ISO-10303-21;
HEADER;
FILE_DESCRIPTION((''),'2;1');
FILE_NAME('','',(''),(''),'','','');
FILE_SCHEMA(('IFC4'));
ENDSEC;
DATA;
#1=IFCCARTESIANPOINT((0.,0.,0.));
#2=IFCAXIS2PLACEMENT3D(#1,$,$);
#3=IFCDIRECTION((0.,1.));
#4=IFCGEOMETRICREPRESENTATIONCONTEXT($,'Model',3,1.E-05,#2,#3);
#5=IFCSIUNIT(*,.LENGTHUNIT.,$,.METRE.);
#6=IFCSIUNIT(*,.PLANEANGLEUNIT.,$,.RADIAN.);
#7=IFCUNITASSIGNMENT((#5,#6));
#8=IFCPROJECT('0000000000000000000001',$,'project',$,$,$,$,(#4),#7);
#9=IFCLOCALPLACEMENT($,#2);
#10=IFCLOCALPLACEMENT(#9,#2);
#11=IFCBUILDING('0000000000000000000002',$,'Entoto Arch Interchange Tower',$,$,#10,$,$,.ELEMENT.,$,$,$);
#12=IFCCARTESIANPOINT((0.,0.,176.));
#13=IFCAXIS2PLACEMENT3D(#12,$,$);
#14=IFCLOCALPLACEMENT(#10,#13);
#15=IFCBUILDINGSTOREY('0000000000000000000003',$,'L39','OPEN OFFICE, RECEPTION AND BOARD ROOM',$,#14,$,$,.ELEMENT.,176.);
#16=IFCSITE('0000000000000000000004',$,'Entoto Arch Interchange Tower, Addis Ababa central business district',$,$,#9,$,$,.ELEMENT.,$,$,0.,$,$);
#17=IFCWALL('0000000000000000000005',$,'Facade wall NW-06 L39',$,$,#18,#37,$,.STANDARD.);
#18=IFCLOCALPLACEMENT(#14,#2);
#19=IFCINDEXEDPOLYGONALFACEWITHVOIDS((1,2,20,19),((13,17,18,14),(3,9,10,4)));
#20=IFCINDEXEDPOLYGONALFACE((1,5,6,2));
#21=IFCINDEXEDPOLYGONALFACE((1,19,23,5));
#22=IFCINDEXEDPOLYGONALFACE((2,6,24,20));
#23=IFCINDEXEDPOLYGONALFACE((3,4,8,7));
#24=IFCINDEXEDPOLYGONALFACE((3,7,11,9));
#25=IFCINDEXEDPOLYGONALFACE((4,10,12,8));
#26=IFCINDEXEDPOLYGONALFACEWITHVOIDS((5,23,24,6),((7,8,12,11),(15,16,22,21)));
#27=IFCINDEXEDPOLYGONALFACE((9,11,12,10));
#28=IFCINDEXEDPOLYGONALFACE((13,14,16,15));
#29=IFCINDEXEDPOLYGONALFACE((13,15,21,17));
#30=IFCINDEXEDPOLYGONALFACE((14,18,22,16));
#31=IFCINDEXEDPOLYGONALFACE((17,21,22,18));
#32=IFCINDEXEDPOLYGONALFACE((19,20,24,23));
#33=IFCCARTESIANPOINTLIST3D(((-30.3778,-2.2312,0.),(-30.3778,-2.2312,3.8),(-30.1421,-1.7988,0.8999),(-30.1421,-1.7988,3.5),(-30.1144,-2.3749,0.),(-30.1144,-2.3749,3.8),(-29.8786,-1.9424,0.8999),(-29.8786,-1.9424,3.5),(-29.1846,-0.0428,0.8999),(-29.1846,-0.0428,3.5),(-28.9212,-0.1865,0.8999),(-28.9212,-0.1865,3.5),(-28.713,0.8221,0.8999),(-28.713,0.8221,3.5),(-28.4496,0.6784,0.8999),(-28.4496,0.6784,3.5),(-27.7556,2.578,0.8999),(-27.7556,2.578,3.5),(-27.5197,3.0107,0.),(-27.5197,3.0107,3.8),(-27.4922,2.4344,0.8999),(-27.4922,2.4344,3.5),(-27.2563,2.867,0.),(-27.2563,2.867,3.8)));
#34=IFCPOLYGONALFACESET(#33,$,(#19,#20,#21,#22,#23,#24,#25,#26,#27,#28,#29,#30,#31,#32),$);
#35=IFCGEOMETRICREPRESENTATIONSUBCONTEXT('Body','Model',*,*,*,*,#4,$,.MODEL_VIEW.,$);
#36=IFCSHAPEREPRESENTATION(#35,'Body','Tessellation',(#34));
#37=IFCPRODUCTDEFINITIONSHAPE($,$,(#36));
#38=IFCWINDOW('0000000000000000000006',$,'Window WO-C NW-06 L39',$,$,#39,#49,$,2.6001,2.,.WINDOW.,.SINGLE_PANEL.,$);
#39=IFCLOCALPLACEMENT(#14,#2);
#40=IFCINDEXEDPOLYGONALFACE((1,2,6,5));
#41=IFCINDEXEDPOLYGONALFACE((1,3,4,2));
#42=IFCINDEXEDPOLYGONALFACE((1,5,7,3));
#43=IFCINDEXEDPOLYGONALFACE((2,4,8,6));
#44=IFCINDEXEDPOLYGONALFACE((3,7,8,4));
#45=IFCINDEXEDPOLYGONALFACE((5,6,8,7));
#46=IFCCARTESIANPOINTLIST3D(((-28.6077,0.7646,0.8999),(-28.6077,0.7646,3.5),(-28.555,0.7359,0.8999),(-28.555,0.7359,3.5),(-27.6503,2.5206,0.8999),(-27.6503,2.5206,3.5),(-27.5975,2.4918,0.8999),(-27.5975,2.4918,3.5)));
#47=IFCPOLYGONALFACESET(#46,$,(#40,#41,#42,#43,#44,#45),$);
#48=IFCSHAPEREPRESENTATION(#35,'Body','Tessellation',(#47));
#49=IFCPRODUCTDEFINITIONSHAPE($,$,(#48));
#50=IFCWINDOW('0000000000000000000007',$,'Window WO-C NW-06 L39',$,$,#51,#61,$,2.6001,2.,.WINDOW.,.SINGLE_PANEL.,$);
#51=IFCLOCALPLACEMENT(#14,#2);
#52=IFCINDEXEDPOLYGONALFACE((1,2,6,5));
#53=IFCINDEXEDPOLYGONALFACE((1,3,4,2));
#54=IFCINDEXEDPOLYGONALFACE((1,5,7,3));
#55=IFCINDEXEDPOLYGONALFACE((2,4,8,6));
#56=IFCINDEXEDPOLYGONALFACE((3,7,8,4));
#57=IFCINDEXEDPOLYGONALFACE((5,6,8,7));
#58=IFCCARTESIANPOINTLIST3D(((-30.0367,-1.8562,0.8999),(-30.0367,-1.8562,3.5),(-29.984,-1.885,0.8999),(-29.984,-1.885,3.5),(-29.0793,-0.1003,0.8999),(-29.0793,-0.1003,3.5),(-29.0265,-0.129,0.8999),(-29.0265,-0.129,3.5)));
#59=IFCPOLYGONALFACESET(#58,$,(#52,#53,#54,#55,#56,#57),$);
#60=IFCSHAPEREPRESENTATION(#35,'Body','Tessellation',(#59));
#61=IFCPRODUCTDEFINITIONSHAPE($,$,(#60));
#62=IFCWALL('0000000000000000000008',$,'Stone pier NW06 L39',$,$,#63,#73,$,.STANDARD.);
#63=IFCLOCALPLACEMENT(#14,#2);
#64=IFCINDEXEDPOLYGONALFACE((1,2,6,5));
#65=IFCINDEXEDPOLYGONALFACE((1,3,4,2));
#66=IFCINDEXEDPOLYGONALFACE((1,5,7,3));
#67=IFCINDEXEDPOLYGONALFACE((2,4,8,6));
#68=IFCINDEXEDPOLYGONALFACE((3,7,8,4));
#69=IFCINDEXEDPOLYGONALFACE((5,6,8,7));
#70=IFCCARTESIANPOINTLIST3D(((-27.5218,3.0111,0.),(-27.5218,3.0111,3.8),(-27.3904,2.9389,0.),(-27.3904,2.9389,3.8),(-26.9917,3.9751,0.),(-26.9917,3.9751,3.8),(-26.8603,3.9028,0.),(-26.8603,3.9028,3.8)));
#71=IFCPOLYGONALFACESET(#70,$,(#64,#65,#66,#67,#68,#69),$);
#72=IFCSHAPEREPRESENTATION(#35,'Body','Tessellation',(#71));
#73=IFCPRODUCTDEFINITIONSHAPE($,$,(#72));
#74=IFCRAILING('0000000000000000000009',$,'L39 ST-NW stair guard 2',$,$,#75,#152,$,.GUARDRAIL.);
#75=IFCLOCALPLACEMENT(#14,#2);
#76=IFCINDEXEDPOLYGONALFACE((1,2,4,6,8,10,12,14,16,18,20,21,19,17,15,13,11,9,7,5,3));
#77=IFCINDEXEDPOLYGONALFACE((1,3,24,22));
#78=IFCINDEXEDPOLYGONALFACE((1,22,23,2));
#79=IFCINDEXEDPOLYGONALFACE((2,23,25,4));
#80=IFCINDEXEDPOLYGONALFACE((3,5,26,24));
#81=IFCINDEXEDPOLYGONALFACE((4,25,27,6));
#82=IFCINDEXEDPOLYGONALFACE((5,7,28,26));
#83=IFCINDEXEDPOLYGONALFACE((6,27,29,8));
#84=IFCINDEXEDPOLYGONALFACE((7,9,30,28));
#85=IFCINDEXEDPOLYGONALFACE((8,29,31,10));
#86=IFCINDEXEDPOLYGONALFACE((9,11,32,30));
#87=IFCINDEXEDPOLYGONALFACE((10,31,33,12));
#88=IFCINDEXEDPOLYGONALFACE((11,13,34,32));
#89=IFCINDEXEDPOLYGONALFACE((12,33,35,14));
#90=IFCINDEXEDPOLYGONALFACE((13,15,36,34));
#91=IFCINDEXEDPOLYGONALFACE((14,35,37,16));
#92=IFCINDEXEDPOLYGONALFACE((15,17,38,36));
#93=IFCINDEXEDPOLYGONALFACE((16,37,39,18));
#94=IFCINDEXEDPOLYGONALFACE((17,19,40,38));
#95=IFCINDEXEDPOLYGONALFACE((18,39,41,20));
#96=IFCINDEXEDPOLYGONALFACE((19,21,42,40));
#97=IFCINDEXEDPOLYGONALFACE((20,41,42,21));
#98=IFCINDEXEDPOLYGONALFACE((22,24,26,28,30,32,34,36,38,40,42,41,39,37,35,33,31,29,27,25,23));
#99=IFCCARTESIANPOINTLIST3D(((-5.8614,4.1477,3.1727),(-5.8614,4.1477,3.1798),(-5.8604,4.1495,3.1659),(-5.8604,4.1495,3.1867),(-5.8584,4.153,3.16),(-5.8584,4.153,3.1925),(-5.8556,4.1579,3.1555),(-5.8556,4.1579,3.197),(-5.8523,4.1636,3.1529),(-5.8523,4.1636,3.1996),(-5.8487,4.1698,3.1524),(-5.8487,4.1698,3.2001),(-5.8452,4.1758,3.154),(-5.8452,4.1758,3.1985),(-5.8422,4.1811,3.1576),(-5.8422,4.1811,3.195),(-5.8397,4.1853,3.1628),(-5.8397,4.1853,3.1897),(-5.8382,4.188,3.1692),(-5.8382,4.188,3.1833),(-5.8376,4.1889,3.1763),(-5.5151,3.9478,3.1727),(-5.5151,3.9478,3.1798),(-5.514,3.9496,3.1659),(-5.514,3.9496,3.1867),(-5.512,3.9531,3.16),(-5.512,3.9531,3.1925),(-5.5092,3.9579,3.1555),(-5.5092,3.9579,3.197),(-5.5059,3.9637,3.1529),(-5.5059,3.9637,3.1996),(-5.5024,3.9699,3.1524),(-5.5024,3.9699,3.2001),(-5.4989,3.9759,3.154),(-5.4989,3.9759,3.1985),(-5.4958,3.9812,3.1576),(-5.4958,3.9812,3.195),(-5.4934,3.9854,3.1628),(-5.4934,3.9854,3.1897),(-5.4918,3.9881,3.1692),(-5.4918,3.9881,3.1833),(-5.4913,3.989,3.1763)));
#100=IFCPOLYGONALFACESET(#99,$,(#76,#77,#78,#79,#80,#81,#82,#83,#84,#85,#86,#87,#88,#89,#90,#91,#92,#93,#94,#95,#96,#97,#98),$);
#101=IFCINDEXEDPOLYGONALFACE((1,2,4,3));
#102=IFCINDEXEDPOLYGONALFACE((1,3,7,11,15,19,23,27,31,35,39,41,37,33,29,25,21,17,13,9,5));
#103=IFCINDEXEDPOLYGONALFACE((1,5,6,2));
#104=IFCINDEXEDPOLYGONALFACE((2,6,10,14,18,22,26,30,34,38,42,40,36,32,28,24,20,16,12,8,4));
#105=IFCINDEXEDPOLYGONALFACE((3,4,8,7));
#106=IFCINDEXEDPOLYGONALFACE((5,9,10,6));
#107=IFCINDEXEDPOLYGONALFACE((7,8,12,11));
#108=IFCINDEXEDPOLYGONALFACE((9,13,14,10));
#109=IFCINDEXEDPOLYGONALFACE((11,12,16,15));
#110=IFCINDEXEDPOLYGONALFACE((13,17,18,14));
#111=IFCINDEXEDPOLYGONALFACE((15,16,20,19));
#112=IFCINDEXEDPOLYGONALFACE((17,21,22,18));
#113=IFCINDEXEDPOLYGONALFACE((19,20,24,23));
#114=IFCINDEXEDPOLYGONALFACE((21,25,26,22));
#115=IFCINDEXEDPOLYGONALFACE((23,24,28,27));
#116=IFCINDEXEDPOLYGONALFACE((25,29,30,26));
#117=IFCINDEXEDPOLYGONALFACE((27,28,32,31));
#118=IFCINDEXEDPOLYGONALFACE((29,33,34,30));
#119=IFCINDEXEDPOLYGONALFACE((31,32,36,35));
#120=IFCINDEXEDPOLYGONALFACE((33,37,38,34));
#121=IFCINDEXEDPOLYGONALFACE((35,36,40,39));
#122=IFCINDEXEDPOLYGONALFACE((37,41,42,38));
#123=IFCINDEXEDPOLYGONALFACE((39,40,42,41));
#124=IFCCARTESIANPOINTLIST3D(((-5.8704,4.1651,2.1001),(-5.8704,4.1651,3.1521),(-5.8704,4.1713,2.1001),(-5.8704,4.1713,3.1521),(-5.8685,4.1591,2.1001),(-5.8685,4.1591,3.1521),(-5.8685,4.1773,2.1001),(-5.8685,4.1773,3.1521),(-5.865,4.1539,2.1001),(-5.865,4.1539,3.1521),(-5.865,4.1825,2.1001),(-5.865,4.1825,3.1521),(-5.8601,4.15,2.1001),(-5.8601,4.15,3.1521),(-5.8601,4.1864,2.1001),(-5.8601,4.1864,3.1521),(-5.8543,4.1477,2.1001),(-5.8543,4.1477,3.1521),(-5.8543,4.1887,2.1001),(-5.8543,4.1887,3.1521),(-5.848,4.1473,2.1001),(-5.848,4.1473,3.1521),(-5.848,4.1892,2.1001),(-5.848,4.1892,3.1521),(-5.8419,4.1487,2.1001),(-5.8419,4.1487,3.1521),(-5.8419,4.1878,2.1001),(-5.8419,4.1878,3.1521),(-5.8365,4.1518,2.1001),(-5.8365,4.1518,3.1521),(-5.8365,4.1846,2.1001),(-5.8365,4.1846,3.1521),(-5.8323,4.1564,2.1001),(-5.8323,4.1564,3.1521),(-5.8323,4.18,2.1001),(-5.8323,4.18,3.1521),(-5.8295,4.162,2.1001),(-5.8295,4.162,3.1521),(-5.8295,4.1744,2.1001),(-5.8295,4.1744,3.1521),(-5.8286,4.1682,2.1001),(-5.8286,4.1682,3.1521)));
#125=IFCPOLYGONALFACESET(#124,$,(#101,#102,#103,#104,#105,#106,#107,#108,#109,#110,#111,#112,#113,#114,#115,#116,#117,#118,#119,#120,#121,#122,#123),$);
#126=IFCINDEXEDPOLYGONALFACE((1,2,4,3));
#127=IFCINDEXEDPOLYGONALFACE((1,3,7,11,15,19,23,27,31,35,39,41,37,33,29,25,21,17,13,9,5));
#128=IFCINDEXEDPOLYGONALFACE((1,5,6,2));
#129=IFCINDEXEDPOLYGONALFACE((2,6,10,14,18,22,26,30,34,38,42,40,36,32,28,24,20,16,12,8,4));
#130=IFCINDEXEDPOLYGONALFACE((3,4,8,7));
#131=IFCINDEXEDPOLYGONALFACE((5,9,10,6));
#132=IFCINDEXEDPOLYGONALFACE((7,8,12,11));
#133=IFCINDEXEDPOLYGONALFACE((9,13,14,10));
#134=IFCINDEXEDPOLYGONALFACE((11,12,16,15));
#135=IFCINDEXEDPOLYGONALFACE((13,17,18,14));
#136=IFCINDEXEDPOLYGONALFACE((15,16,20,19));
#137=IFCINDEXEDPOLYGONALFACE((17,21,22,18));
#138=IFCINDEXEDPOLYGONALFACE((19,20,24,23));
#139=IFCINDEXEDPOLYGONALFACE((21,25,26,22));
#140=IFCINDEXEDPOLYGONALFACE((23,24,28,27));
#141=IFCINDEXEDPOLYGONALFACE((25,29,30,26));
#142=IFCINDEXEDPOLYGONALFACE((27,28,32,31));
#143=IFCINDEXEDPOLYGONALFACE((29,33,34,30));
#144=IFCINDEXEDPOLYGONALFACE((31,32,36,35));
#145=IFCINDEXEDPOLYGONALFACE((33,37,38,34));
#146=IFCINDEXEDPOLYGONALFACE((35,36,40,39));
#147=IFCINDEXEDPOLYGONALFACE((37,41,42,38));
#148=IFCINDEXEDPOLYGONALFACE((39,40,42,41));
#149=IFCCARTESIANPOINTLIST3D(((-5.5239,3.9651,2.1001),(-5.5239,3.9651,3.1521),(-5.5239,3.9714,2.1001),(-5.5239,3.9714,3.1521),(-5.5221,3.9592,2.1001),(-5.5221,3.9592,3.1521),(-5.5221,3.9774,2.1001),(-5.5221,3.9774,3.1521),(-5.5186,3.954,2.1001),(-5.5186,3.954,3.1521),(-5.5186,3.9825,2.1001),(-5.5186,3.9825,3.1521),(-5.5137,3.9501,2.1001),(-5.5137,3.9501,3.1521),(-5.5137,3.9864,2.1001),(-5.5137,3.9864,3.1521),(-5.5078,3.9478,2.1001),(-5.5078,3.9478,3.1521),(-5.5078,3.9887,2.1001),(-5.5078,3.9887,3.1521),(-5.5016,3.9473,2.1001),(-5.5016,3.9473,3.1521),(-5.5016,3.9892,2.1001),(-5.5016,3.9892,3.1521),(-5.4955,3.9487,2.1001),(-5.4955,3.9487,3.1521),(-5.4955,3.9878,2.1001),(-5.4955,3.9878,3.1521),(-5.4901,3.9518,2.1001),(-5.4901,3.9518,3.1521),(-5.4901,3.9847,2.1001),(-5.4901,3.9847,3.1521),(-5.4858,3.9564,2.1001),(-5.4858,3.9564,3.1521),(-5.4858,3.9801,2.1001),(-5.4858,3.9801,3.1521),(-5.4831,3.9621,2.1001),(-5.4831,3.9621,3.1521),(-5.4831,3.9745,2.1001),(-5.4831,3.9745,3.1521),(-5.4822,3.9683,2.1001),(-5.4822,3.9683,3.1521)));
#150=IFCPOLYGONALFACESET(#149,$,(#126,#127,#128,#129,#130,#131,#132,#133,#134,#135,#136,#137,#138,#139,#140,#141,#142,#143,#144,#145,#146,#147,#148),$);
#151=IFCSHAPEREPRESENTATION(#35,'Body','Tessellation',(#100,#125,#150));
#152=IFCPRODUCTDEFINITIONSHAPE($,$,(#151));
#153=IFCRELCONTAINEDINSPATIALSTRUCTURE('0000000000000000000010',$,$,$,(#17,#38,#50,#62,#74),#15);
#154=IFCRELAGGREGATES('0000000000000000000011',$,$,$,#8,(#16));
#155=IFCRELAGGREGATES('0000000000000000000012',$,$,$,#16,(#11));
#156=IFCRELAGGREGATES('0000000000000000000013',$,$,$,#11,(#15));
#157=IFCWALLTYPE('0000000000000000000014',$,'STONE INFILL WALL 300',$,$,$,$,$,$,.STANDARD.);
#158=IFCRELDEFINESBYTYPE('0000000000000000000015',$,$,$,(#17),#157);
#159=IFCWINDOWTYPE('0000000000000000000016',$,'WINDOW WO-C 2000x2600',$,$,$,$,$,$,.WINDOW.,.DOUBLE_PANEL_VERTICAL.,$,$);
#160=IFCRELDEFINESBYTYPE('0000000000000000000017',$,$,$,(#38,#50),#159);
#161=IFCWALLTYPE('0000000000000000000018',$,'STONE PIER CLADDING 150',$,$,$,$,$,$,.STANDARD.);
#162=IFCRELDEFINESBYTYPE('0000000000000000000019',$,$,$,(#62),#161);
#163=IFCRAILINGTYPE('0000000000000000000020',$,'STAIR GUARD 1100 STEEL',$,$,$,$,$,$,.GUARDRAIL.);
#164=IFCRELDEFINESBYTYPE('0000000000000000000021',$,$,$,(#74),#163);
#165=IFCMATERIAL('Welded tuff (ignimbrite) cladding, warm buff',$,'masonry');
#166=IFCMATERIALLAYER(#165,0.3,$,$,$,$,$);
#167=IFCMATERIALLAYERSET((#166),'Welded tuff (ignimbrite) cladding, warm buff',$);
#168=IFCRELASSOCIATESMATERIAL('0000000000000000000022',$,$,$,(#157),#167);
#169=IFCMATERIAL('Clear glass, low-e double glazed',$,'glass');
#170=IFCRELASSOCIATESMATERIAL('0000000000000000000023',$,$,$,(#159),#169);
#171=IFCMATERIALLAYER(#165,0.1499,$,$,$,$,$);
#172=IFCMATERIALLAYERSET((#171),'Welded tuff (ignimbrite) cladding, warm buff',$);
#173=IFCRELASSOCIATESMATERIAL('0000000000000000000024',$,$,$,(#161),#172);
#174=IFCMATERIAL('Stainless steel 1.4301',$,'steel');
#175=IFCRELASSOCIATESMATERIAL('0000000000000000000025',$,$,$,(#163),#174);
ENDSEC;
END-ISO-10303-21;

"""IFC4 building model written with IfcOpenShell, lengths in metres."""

from ifc_helpers import new_model, si_unit, direction, frame, frame_2d, origin, origin_2d, place, context, subcontext, project, spatial, rectangle, circle, extrude, material, layer, layer_set, type_object, element, fill, save


model = new_model("IFC4")

# Units and contexts
model_context = context("Model", 3, precision=1e-05, world=origin(), true_north=direction((0.0, 1.0)))
body_context = subcontext(model_context, "Body", "Model", "MODEL_VIEW")
ifc_project = project(units=[si_unit("LENGTHUNIT", "METRE"), si_unit("PLANEANGLEUNIT", "RADIAN")], contexts=[model_context])

# Site, building, storey
site_placement = place(None, origin())
site = spatial("IfcSite", under=ifc_project, at=site_placement, Name="Entoto Arch Interchange Tower, Addis Ababa central business district", CompositionType="ELEMENT", RefElevation=0.0)
building_placement = place(site_placement, origin())
building = spatial("IfcBuilding", under=site, at=building_placement, Name="Entoto Arch Interchange Tower", CompositionType="ELEMENT")
storey_placement = place(building_placement, frame((0.0, 0.0, 176.0)))
storey = spatial("IfcBuildingStorey", under=building, at=storey_placement, Name="L39", Description="OPEN OFFICE, RECEPTION AND BOARD ROOM", CompositionType="ELEMENT", Elevation=176.0)

# Wall, openings, windows
ifc_material_1 = material(Name="Welded tuff (ignimbrite) cladding, warm buff", Category="masonry")
ifc_layer_1 = layer(ifc_material_1, 0.3)
ifc_layer_set_1 = layer_set([ifc_layer_1], Name="Welded tuff (ignimbrite) cladding, warm buff")
wall_type_1 = type_object("IfcWallType", Name="STONE INFILL WALL 300", PredefinedType="STANDARD", material=ifc_layer_set_1)
wall_1_placement = place(storey_placement, frame((-27.3879, 2.939, 0.0), z_axis=(0.0, 0.0, 1.0), x_axis=(-0.478712, -0.877972, 0.0)))
wall_1 = element("IfcWall", 1, at=wall_1_placement, inside=storey, type_object=wall_type_1, Name="Facade wall NW-06 L39", PredefinedType="STANDARD", context=body_context, shape_type="SweptSolid", body=[
    extrude(rectangle(XDim=5.9705, YDim=0.3, at=frame_2d((2.9854, 0.0))), origin(), (0.0, 0.0, 1.0), 3.8),
])
opening_1_placement = place(wall_1_placement, frame((0.4929, 0.0, 0.8999)))
opening_1 = element("IfcOpeningElement", 2, at=opening_1_placement, cuts=wall_1, PredefinedType="OPENING", context=body_context, shape_type="SweptSolid", body=[
    extrude(rectangle(XDim=2.0, YDim=2.6001, at=frame_2d((1.0, 1.3))), frame((0.0, 0.1602, 0.0), z_axis=(0.0, -1.0, 0.0), x_axis=(1.0, 0.0, 0.0)), (0.0, 0.0, 1.0), 0.3201),
])
opening_2_placement = place(wall_1_placement, frame((3.478, 0.0, 0.8999)))
opening_2 = element("IfcOpeningElement", 3, at=opening_2_placement, cuts=wall_1, PredefinedType="OPENING", context=body_context, shape_type="SweptSolid", body=[
    extrude(rectangle(XDim=2.0, YDim=2.6001, at=frame_2d((1.0, 1.3))), frame((0.0, 0.1602, 0.0), z_axis=(0.0, -1.0, 0.0), x_axis=(1.0, 0.0, 0.0)), (0.0, 0.0, 1.0), 0.3201),
])
ifc_material_2 = material(Name="Clear glass, low-e double glazed", Category="glass")
window_type = type_object("IfcWindowType", Name="WINDOW WO-C 2000x2600", PartitioningType="DOUBLE_PANEL_VERTICAL", PredefinedType="WINDOW", material=ifc_material_2)
window_1_placement = place(opening_1_placement, origin())
window_1 = element("IfcWindow", 4, at=window_1_placement, inside=storey, type_object=window_type, Name="Window WO-C NW-06 L39", OverallHeight=2.6001, OverallWidth=2.0, PartitioningType="SINGLE_PANEL", PredefinedType="WINDOW", context=body_context, shape_type="SweptSolid", body=[
    extrude(rectangle(XDim=2.0, YDim=2.6001, at=frame_2d((1.0, 1.3))), frame((0.0, 0.03, 0.0), z_axis=(0.0, -1.0, 0.0), x_axis=(1.0, 0.0, 0.0)), (0.0, 0.0, 1.0), 0.0601),
])
fill(opening_1, window_1)
window_2_placement = place(opening_2_placement, origin())
window_2 = element("IfcWindow", 5, at=window_2_placement, inside=storey, type_object=window_type, Name="Window WO-C NW-06 L39", OverallHeight=2.6001, OverallWidth=2.0, PartitioningType="SINGLE_PANEL", PredefinedType="WINDOW", context=body_context, shape_type="SweptSolid", body=[
    extrude(rectangle(XDim=2.0, YDim=2.6001, at=frame_2d((1.0, 1.3))), frame((0.0, 0.03, 0.0), z_axis=(0.0, -1.0, 0.0), x_axis=(1.0, 0.0, 0.0)), (0.0, 0.0, 1.0), 0.0601),
])
fill(opening_2, window_2)

# Wall
ifc_layer_2 = layer(ifc_material_1, 0.1499)
ifc_layer_set_2 = layer_set([ifc_layer_2], Name="Welded tuff (ignimbrite) cladding, warm buff")
wall_type_2 = type_object("IfcWallType", Name="STONE PIER CLADDING 150", PredefinedType="STANDARD", material=ifc_layer_set_2)
wall_2_placement = place(storey_placement, frame((-26.926, 3.939, 0.0), z_axis=(0.0, 0.0, 1.0), x_axis=(-0.481851, -0.876253, 0.0)))
element("IfcWall", 6, at=wall_2_placement, inside=storey, type_object=wall_type_2, Name="Stone pier NW06 L39", PredefinedType="STANDARD", context=body_context, shape_type="SweptSolid", body=[
    extrude(rectangle(XDim=1.1001, YDim=0.1499, at=frame_2d((0.55, 0.0))), origin(), (0.0, 0.0, 1.0), 3.8),
])

# Railing
ifc_material_3 = material(Name="Stainless steel 1.4301", Category="steel")
railing_type_1 = type_object("IfcRailingType", Name="STAIR GUARD 1100 STEEL", PredefinedType="GUARDRAIL", material=ifc_material_3)
railing_1_placement = place(storey_placement, frame((-5.8496, 4.1682, 2.1001)))
element("IfcRailing", 7, at=railing_1_placement, inside=storey, type_object=railing_type_1, Name="L39 ST-NW stair guard 2", PredefinedType="GUARDRAIL", context=body_context, shape_type="SweptSolid", body=[
    extrude(circle(Radius=0.0239, at=origin_2d()), frame((0.0, 0.0, 1.0762), z_axis=(0.866094, -0.499881, 0.0), x_axis=(0.499881, 0.866094, 0.0)), (0.0, 0.0, 1.0), 0.3999),
    extrude(circle(Radius=0.021, at=origin_2d()), origin(), (0.0, 0.0, 1.0), 1.052),
    extrude(circle(Radius=0.021, at=origin_2d()), frame((0.3464, -0.2, 0.0)), (0.0, 0.0, 1.0), 1.052),
])

save(model, "model.ifc")
